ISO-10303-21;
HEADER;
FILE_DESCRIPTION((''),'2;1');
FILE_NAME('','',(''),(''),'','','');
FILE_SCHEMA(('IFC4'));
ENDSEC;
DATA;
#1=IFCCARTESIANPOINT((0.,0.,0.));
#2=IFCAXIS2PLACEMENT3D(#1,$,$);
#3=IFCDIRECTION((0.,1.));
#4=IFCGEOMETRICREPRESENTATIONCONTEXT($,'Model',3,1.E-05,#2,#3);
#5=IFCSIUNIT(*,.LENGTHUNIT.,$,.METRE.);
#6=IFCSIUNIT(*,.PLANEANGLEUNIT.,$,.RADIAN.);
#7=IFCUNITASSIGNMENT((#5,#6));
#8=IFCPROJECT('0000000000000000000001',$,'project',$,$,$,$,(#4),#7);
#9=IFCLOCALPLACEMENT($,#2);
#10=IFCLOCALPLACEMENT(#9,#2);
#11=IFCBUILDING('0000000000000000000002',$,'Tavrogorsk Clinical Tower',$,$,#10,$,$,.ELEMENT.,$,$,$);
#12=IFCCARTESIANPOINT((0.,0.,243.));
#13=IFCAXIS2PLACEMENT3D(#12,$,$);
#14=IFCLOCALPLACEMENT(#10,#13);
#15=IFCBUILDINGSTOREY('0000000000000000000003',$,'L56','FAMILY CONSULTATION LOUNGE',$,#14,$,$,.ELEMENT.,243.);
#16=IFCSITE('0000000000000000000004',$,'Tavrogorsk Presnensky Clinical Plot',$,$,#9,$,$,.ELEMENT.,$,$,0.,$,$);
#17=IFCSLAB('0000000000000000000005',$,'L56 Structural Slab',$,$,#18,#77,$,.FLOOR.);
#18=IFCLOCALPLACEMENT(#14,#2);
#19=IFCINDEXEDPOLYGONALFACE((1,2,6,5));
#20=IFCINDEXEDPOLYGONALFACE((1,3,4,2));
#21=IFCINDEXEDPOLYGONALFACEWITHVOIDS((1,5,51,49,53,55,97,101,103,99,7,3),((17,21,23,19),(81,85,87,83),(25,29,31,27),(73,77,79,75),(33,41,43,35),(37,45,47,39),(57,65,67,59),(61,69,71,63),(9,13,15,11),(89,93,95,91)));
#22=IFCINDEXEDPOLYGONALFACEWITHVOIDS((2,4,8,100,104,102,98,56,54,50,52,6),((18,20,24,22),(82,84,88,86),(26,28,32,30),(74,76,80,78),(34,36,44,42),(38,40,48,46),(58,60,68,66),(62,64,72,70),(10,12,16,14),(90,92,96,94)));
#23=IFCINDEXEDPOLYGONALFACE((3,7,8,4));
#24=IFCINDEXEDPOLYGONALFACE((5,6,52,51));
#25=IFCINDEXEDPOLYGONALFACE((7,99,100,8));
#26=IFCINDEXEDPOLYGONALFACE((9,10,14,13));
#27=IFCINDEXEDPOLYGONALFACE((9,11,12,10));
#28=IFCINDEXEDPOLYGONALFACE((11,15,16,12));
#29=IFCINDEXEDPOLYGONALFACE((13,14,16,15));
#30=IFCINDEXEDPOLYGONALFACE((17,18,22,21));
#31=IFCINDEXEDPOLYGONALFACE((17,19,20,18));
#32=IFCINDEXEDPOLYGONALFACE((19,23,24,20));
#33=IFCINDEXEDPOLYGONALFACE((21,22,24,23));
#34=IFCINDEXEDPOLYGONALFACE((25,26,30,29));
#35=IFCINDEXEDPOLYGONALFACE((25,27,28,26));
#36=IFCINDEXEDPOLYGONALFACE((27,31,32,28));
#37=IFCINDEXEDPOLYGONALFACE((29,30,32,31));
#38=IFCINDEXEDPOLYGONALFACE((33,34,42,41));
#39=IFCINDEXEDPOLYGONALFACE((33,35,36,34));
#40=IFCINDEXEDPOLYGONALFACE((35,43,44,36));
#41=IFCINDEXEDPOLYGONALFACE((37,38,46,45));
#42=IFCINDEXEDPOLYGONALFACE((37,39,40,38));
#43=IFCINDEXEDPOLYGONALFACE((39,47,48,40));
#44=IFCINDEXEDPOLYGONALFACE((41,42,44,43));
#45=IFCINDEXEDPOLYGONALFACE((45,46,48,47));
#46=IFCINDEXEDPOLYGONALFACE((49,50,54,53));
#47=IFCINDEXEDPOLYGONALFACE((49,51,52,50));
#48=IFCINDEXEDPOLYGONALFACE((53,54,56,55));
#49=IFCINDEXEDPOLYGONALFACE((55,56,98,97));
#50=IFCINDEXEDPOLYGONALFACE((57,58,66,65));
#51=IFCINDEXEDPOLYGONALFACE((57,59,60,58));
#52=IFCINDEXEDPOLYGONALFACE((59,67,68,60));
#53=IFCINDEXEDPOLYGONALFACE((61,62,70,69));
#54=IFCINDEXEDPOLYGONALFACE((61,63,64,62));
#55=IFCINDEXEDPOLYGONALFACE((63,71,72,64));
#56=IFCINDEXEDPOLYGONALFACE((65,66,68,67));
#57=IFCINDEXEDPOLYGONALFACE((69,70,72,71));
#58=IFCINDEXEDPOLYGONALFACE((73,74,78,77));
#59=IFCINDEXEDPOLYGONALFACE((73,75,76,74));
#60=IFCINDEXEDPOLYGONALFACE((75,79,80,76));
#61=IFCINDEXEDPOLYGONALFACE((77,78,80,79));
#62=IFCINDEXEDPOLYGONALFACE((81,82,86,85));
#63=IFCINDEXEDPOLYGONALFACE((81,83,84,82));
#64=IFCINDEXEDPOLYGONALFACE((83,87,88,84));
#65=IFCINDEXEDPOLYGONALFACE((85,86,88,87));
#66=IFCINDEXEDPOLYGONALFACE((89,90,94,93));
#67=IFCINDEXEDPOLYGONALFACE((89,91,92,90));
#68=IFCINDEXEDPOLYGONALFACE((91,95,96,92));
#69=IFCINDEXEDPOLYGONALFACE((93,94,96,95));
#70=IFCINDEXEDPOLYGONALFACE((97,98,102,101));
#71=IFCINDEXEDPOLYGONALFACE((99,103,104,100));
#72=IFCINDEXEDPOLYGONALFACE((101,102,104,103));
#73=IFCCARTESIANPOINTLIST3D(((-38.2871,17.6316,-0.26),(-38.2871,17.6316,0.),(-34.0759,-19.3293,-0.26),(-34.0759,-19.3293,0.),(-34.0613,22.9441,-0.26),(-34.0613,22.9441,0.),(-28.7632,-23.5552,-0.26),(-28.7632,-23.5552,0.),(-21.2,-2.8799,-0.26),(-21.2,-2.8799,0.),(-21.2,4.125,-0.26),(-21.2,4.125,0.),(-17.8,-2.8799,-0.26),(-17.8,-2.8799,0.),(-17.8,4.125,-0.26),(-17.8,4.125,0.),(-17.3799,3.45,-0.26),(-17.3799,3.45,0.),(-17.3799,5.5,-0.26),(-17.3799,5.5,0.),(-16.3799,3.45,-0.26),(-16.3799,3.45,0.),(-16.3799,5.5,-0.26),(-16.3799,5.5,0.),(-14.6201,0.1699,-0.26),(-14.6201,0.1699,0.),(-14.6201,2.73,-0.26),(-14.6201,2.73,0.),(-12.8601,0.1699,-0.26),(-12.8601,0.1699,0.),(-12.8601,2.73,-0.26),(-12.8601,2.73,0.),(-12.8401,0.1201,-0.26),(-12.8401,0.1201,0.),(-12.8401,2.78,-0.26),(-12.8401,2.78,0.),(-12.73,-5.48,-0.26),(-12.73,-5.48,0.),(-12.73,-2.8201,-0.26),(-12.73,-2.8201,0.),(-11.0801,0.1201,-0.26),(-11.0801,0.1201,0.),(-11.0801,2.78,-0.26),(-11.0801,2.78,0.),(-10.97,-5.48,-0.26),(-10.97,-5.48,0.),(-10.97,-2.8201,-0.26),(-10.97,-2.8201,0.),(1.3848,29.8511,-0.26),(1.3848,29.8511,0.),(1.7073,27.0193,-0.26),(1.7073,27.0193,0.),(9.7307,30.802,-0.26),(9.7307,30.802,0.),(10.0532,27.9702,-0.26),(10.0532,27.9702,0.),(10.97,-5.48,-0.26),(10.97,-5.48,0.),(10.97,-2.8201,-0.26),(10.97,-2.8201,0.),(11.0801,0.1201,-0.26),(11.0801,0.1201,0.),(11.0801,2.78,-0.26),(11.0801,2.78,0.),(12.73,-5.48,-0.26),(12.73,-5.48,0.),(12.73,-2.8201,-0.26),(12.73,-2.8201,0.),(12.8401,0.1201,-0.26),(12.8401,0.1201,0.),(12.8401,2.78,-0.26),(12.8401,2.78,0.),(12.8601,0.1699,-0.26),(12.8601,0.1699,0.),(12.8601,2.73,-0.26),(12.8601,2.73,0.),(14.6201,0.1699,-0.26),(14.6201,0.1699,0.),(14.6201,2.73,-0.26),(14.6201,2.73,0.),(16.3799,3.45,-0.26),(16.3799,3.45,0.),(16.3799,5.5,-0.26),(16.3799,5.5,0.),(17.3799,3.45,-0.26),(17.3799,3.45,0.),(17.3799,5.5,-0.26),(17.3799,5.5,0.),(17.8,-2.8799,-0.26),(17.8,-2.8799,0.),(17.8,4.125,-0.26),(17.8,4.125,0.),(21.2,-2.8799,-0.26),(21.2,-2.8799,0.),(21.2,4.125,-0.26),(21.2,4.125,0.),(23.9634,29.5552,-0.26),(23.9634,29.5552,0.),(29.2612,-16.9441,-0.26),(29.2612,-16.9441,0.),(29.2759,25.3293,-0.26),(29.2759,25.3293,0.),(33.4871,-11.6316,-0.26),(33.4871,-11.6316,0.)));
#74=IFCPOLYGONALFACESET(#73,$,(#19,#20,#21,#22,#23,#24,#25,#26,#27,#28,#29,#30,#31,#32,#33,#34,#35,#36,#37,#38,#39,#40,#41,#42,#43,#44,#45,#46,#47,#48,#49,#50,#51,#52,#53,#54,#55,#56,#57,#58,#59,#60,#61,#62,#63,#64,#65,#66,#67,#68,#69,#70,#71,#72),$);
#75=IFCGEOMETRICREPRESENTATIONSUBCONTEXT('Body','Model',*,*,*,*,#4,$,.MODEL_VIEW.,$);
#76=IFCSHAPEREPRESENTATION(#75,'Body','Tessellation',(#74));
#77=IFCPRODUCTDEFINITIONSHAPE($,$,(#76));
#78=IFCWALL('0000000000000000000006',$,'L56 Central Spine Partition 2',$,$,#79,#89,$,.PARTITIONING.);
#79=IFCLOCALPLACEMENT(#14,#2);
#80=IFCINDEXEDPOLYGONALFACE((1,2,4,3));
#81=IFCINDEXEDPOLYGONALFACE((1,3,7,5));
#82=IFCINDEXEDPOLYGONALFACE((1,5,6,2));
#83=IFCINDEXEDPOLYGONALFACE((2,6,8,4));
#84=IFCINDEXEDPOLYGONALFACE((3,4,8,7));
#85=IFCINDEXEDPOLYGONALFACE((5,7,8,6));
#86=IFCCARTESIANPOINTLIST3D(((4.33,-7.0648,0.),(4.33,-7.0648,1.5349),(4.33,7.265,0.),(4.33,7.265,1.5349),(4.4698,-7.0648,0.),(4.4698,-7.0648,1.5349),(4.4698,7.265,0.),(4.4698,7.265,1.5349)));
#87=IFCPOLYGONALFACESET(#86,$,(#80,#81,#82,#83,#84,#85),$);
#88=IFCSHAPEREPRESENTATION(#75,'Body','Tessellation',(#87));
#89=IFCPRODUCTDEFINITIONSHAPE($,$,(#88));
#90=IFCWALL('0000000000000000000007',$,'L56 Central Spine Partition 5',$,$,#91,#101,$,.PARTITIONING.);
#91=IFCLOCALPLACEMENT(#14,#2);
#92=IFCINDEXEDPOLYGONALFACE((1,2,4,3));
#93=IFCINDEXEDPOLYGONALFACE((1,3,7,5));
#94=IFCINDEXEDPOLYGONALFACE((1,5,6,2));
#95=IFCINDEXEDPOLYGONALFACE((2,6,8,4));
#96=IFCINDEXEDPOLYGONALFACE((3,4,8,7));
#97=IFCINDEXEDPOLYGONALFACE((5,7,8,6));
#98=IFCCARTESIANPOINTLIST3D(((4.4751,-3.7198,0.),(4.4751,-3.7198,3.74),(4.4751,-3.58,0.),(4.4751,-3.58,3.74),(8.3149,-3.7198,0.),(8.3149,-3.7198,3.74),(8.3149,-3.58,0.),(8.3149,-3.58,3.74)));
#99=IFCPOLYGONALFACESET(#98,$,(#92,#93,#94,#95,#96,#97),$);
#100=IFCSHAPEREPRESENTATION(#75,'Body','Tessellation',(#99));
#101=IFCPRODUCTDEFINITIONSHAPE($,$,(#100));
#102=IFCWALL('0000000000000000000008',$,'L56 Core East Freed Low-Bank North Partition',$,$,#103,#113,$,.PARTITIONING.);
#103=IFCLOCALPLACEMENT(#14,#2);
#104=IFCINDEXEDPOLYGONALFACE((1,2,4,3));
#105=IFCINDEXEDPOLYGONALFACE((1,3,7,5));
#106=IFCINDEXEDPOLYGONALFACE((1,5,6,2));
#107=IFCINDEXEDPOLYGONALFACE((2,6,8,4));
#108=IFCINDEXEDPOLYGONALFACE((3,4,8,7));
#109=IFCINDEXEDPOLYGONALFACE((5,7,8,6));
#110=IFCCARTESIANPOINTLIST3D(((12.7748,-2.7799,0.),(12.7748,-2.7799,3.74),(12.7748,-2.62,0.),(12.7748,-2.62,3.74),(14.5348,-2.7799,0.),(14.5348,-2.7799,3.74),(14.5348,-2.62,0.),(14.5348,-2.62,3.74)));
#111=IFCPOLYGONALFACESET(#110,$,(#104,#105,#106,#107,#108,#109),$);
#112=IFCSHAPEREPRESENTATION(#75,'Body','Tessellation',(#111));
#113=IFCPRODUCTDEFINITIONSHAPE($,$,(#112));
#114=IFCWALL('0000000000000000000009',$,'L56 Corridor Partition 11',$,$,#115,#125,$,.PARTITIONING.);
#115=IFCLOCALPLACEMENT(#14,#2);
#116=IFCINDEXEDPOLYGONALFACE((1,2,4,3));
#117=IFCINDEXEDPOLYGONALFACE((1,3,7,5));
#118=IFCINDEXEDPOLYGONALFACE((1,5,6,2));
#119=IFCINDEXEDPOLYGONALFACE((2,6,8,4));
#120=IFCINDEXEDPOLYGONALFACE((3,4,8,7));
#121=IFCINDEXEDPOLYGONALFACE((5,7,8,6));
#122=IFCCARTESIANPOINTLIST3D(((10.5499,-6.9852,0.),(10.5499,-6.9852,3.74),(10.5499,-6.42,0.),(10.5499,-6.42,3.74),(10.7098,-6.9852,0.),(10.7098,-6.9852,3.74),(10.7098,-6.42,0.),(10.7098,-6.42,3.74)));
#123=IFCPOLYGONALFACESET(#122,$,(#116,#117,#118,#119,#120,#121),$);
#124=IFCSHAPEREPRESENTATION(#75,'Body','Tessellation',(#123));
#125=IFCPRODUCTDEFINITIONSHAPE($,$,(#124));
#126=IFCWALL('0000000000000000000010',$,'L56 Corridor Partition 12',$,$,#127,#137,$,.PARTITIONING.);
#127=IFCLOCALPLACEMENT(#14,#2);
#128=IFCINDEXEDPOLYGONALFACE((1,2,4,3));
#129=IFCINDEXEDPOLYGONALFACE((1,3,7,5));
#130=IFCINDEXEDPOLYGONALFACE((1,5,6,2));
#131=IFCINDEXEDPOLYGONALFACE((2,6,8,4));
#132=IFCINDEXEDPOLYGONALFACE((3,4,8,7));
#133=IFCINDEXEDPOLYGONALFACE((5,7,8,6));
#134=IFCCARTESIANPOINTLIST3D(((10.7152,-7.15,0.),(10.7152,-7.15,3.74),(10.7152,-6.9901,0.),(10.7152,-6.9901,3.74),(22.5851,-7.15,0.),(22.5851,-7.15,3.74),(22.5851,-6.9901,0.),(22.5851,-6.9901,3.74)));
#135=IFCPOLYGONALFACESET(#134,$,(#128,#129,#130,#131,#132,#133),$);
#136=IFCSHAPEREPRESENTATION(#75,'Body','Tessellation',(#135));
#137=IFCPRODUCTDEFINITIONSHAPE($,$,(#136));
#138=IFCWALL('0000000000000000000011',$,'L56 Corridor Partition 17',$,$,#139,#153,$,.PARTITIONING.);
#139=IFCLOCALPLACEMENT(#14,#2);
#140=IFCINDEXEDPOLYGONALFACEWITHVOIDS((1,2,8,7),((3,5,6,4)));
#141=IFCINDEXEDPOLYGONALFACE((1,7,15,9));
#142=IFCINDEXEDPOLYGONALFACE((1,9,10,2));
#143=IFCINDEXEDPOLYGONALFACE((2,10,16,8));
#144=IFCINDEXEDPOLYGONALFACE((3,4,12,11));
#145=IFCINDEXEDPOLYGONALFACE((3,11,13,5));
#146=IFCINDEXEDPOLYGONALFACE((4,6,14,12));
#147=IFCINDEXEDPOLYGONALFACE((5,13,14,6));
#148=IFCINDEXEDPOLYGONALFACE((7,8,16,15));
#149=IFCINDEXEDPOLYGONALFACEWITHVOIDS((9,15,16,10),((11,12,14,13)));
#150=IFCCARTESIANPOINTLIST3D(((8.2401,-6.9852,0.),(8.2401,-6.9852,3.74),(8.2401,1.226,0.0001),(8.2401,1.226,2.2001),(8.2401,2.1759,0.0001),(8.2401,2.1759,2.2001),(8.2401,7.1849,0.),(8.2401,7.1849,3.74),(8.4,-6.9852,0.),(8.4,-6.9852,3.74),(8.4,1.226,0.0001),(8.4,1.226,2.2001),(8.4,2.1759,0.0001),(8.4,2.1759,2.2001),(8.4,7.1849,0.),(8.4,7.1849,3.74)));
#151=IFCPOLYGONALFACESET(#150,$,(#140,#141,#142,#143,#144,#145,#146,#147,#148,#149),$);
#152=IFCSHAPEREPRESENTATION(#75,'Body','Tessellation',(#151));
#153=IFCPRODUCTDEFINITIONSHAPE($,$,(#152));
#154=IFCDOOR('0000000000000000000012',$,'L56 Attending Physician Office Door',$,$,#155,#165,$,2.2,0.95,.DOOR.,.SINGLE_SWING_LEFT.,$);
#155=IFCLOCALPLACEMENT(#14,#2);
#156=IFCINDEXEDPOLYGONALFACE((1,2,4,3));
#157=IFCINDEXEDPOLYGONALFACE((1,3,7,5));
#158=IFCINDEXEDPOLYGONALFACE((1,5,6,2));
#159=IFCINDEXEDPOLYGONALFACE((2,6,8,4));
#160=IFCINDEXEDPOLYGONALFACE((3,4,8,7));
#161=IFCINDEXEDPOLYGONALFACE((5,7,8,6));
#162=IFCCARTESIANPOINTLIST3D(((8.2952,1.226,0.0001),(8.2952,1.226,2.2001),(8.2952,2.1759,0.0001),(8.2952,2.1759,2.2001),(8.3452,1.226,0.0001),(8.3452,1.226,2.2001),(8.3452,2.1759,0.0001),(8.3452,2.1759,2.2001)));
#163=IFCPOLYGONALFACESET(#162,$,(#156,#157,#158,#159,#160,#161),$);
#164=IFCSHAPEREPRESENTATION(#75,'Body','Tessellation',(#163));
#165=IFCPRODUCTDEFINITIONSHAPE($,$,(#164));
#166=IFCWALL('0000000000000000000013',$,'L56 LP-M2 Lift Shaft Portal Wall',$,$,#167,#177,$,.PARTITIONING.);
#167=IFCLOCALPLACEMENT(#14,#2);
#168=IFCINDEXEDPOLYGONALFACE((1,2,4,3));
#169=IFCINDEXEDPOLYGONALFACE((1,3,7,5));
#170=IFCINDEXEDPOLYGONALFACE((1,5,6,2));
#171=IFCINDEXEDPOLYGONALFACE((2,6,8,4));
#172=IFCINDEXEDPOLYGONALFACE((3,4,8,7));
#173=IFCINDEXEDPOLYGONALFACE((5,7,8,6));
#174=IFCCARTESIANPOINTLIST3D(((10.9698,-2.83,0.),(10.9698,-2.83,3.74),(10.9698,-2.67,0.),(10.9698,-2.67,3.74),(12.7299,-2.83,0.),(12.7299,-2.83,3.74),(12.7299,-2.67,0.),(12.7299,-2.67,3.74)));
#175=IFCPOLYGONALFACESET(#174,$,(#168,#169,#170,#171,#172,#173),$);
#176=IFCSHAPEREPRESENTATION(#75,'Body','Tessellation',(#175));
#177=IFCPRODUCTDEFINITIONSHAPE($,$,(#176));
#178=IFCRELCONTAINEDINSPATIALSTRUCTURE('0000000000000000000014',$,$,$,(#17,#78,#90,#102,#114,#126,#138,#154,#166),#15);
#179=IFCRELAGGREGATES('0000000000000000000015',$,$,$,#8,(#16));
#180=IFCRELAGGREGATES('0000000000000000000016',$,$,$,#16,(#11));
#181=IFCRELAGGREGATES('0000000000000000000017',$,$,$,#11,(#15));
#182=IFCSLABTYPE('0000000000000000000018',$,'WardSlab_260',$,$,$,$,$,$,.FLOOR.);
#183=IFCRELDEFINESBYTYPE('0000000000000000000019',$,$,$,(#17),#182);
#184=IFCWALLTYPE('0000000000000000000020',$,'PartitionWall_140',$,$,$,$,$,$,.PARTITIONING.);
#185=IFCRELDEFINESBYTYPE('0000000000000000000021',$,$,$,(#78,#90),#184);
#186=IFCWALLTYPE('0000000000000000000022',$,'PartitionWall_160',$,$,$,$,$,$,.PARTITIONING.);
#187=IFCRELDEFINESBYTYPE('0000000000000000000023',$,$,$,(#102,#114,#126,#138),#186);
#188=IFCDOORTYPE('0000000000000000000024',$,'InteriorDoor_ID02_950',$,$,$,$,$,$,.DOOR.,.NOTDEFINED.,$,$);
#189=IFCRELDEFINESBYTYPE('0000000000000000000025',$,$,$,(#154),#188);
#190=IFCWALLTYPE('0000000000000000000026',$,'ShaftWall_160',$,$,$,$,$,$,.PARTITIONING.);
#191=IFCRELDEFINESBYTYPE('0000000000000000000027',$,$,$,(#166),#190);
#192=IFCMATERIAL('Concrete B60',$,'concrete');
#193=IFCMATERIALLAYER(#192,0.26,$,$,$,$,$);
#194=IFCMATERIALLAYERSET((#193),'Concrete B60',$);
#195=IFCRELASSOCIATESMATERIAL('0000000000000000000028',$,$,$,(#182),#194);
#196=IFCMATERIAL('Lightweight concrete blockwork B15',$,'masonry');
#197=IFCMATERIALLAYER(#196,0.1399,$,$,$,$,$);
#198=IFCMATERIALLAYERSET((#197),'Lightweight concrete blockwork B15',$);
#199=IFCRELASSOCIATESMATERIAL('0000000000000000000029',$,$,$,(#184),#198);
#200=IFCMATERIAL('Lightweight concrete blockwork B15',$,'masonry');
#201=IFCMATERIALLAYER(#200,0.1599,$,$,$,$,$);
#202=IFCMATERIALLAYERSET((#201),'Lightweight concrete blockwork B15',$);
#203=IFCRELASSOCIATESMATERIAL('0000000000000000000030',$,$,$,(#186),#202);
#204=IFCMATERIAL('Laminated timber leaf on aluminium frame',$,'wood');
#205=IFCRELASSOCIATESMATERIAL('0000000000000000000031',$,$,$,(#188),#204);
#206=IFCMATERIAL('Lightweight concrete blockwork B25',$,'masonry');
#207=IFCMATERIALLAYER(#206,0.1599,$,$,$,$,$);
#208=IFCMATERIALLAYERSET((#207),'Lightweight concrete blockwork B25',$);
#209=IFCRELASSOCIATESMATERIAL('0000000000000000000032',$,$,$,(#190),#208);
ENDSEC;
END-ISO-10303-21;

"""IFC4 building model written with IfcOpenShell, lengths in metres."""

from ifc_helpers import new_model, si_unit, direction, frame, frame_2d, origin, place, context, subcontext, project, spatial, polyline, rectangle, outline, extrude, material, layer, layer_set, type_object, element, fill, save


model = new_model("IFC4")

# Units and contexts
model_context = context("Model", 3, precision=1e-05, world=origin(), true_north=direction((0.0, 1.0)))
body_context = subcontext(model_context, "Body", "Model", "MODEL_VIEW")
ifc_project = project(units=[si_unit("LENGTHUNIT", "METRE"), si_unit("PLANEANGLEUNIT", "RADIAN")], contexts=[model_context])

# Site, building, storey
site_placement = place(None, origin())
site = spatial("IfcSite", under=ifc_project, at=site_placement, Name="Tavrogorsk Presnensky Clinical Plot", CompositionType="ELEMENT", RefElevation=0.0)
building_placement = place(site_placement, origin())
building = spatial("IfcBuilding", under=site, at=building_placement, Name="Tavrogorsk Clinical Tower", CompositionType="ELEMENT")
storey_placement = place(building_placement, frame((0.0, 0.0, 243.0)))
storey = spatial("IfcBuildingStorey", under=building, at=storey_placement, Name="L56", Description="FAMILY CONSULTATION LOUNGE", CompositionType="ELEMENT", Elevation=243.0)

# Slab
ifc_material_1 = material(Name="Concrete B60", Category="concrete")
ifc_layer_1 = layer(ifc_material_1, 0.26)
ifc_layer_set_1 = layer_set([ifc_layer_1], Name="Concrete B60")
slab_type_1 = type_object("IfcSlabType", Name="WardSlab_260", PredefinedType="FLOOR", material=ifc_layer_set_1)
slab_1_placement = place(storey_placement, frame((0.0, 0.0, -0.26)))
element("IfcSlab", 1, at=slab_1_placement, inside=storey, type_object=slab_type_1, Name="L56 Structural Slab", PredefinedType="FLOOR", context=body_context, shape_type="SweptSolid", body=[
    extrude(outline(polyline([(23.9634, 29.5552), (29.2759, 25.3293), (33.4871, -11.6316), (29.2612, -16.9441), (-28.7632, -23.5552), (-34.0759, -19.3293), (-38.2871, 17.6316), (-34.0613, 22.9441), (1.7073, 27.0193), (1.3848, 29.8511), (9.7307, 30.802), (10.0532, 27.9702), (23.9634, 29.5552)]), holes=[polyline([(-17.8, -2.8799), (-17.8, 4.125), (-21.2, 4.125), (-21.2, -2.8799), (-17.8, -2.8799)]), polyline([(21.2, -2.8799), (21.2, 4.125), (17.8, 4.125), (17.8, -2.8799), (21.2, -2.8799)]), polyline([(-14.6201, 0.1699), (-12.8601, 0.1699), (-12.8601, 2.73), (-14.6201, 2.73), (-14.6201, 0.1699)]), polyline([(-12.73, -5.48), (-10.97, -5.48), (-10.97, -2.8201), (-12.73, -2.8201), (-12.73, -5.48)]), polyline([(-12.8401, 0.1201), (-11.0801, 0.1201), (-11.0801, 2.78), (-12.8401, 2.78), (-12.8401, 0.1201)]), polyline([(12.8601, 0.1699), (14.6201, 0.1699), (14.6201, 2.73), (12.8601, 2.73), (12.8601, 0.1699)]), polyline([(10.97, -5.48), (12.73, -5.48), (12.73, -2.8201), (10.97, -2.8201), (10.97, -5.48)]), polyline([(11.0801, 0.1201), (12.8401, 0.1201), (12.8401, 2.78), (11.0801, 2.78), (11.0801, 0.1201)]), polyline([(-17.3799, 3.45), (-16.3799, 3.45), (-16.3799, 5.5), (-17.3799, 5.5), (-17.3799, 3.45)]), polyline([(16.3799, 3.45), (17.3799, 3.45), (17.3799, 5.5), (16.3799, 5.5), (16.3799, 3.45)])]), origin(), (0.0, 0.0, 1.0), 0.26),
])

# Walls
ifc_material_2 = material(Name="Lightweight concrete blockwork B15", Category="masonry")
ifc_layer_2 = layer(ifc_material_2, 0.1399)
ifc_layer_set_2 = layer_set([ifc_layer_2], Name="Lightweight concrete blockwork B15")
wall_type_1 = type_object("IfcWallType", Name="PartitionWall_140", PredefinedType="PARTITIONING", material=ifc_layer_set_2)
wall_1_placement = place(storey_placement, frame((4.3999, -7.0649, 0.0), z_axis=(0.0, 0.0, 1.0), x_axis=(0.0, 1.0, 0.0)))
element("IfcWall", 2, at=wall_1_placement, inside=storey, type_object=wall_type_1, Name="L56 Central Spine Partition 2", PredefinedType="PARTITIONING", context=body_context, shape_type="SweptSolid", body=[
    extrude(rectangle(XDim=14.3298, YDim=0.1399, at=frame_2d((7.165, 0.0))), origin(), (0.0, 0.0, 1.0), 1.5349),
])
wall_2_placement = place(storey_placement, frame((4.4751, -3.6499, 0.0), z_axis=(0.0, 0.0, 1.0), x_axis=(1.0, 0.0, 0.0)))
element("IfcWall", 3, at=wall_2_placement, inside=storey, type_object=wall_type_1, Name="L56 Central Spine Partition 5", PredefinedType="PARTITIONING", context=body_context, shape_type="SweptSolid", body=[
    extrude(rectangle(XDim=3.8398, YDim=0.1399, at=frame_2d((1.9199, 0.0))), origin(), (0.0, 0.0, 1.0), 3.74),
])
ifc_material_3 = material(Name="Lightweight concrete blockwork B15", Category="masonry")
ifc_layer_3 = layer(ifc_material_3, 0.1599)
ifc_layer_set_3 = layer_set([ifc_layer_3], Name="Lightweight concrete blockwork B15")
wall_type_2 = type_object("IfcWallType", Name="PartitionWall_160", PredefinedType="PARTITIONING", material=ifc_layer_set_3)
wall_3_placement = place(storey_placement, frame((12.7749, -2.7, 0.0), z_axis=(0.0, 0.0, 1.0), x_axis=(1.0, 0.0, 0.0)))
element("IfcWall", 4, at=wall_3_placement, inside=storey, type_object=wall_type_2, Name="L56 Core East Freed Low-Bank North Partition", PredefinedType="PARTITIONING", context=body_context, shape_type="SweptSolid", body=[
    extrude(rectangle(XDim=1.76, YDim=0.1599, at=frame_2d((0.8799, 0.0))), origin(), (0.0, 0.0, 1.0), 3.74),
])
wall_4_placement = place(storey_placement, frame((10.6299, -6.4199, 0.0), z_axis=(0.0, 0.0, 1.0), x_axis=(0.0, -1.0, 0.0)))
element("IfcWall", 5, at=wall_4_placement, inside=storey, type_object=wall_type_2, Name="L56 Corridor Partition 11", PredefinedType="PARTITIONING", context=body_context, shape_type="SweptSolid", body=[
    extrude(rectangle(XDim=0.5652, YDim=0.1599, at=frame_2d((0.2827, 0.0))), origin(), (0.0, 0.0, 1.0), 3.74),
])
wall_5_placement = place(storey_placement, frame((10.7151, -7.0701, 0.0), z_axis=(0.0, 0.0, 1.0), x_axis=(1.0, 0.0, 0.0)))
element("IfcWall", 6, at=wall_5_placement, inside=storey, type_object=wall_type_2, Name="L56 Corridor Partition 12", PredefinedType="PARTITIONING", context=body_context, shape_type="SweptSolid", body=[
    extrude(rectangle(XDim=11.8699, YDim=0.1599, at=frame_2d((5.9351, 0.0))), origin(), (0.0, 0.0, 1.0), 3.74),
])

# Wall, opening, door
wall_6_placement = place(storey_placement, frame((8.3201, -6.9851, 0.0), z_axis=(0.0, 0.0, 1.0), x_axis=(0.0, 1.0, 0.0)))
wall_6 = element("IfcWall", 7, at=wall_6_placement, inside=storey, type_object=wall_type_2, Name="L56 Corridor Partition 17", PredefinedType="PARTITIONING", context=body_context, shape_type="SweptSolid", body=[
    extrude(rectangle(XDim=14.1702, YDim=0.1599, at=frame_2d((7.085, 0.0))), origin(), (0.0, 0.0, 1.0), 3.74),
])
opening_placement = place(wall_6_placement, frame((8.2109, 0.0, 0.0)))
opening = element("IfcOpeningElement", 8, at=opening_placement, cuts=wall_6, PredefinedType="OPENING", context=body_context, shape_type="SweptSolid", body=[
    extrude(rectangle(XDim=0.95, YDim=2.2, at=frame_2d((0.4751, 1.1001))), frame((0.0, 0.0898, 0.0), z_axis=(0.0, -1.0, 0.0), x_axis=(1.0, 0.0, 0.0)), (0.0, 0.0, 1.0), 0.1799),
])
ifc_material_4 = material(Name="Laminated timber leaf on aluminium frame", Category="wood")
door_type = type_object("IfcDoorType", Name="InteriorDoor_ID02_950", OperationType="NOTDEFINED", PredefinedType="DOOR", material=ifc_material_4)
door_placement = place(opening_placement, origin())
door = element("IfcDoor", 9, at=door_placement, inside=storey, type_object=door_type, Name="L56 Attending Physician Office Door", OperationType="SINGLE_SWING_LEFT", OverallHeight=2.2, OverallWidth=0.95, PredefinedType="DOOR", context=body_context, shape_type="SweptSolid", body=[
    extrude(rectangle(XDim=0.95, YDim=2.2, at=frame_2d((0.4751, 1.1001))), frame((0.0, 0.0249, 0.0), z_axis=(0.0, -1.0, 0.0), x_axis=(1.0, 0.0, 0.0)), (0.0, 0.0, 1.0), 0.05),
])
fill(opening, door)

# Wall
ifc_material_5 = material(Name="Lightweight concrete blockwork B25", Category="masonry")
ifc_layer_4 = layer(ifc_material_5, 0.1599)
ifc_layer_set_4 = layer_set([ifc_layer_4], Name="Lightweight concrete blockwork B25")
wall_type_3 = type_object("IfcWallType", Name="ShaftWall_160", PredefinedType="PARTITIONING", material=ifc_layer_set_4)
wall_7_placement = place(storey_placement, frame((10.97, -2.75, 0.0), z_axis=(0.0, 0.0, 1.0), x_axis=(1.0, 0.0, 0.0)))
element("IfcWall", 10, at=wall_7_placement, inside=storey, type_object=wall_type_3, Name="L56 LP-M2 Lift Shaft Portal Wall", PredefinedType="PARTITIONING", context=body_context, shape_type="SweptSolid", body=[
    extrude(rectangle(XDim=1.76, YDim=0.1599, at=frame_2d((0.8799, 0.0))), origin(), (0.0, 0.0, 1.0), 3.74),
])

save(model, "model.ifc")
